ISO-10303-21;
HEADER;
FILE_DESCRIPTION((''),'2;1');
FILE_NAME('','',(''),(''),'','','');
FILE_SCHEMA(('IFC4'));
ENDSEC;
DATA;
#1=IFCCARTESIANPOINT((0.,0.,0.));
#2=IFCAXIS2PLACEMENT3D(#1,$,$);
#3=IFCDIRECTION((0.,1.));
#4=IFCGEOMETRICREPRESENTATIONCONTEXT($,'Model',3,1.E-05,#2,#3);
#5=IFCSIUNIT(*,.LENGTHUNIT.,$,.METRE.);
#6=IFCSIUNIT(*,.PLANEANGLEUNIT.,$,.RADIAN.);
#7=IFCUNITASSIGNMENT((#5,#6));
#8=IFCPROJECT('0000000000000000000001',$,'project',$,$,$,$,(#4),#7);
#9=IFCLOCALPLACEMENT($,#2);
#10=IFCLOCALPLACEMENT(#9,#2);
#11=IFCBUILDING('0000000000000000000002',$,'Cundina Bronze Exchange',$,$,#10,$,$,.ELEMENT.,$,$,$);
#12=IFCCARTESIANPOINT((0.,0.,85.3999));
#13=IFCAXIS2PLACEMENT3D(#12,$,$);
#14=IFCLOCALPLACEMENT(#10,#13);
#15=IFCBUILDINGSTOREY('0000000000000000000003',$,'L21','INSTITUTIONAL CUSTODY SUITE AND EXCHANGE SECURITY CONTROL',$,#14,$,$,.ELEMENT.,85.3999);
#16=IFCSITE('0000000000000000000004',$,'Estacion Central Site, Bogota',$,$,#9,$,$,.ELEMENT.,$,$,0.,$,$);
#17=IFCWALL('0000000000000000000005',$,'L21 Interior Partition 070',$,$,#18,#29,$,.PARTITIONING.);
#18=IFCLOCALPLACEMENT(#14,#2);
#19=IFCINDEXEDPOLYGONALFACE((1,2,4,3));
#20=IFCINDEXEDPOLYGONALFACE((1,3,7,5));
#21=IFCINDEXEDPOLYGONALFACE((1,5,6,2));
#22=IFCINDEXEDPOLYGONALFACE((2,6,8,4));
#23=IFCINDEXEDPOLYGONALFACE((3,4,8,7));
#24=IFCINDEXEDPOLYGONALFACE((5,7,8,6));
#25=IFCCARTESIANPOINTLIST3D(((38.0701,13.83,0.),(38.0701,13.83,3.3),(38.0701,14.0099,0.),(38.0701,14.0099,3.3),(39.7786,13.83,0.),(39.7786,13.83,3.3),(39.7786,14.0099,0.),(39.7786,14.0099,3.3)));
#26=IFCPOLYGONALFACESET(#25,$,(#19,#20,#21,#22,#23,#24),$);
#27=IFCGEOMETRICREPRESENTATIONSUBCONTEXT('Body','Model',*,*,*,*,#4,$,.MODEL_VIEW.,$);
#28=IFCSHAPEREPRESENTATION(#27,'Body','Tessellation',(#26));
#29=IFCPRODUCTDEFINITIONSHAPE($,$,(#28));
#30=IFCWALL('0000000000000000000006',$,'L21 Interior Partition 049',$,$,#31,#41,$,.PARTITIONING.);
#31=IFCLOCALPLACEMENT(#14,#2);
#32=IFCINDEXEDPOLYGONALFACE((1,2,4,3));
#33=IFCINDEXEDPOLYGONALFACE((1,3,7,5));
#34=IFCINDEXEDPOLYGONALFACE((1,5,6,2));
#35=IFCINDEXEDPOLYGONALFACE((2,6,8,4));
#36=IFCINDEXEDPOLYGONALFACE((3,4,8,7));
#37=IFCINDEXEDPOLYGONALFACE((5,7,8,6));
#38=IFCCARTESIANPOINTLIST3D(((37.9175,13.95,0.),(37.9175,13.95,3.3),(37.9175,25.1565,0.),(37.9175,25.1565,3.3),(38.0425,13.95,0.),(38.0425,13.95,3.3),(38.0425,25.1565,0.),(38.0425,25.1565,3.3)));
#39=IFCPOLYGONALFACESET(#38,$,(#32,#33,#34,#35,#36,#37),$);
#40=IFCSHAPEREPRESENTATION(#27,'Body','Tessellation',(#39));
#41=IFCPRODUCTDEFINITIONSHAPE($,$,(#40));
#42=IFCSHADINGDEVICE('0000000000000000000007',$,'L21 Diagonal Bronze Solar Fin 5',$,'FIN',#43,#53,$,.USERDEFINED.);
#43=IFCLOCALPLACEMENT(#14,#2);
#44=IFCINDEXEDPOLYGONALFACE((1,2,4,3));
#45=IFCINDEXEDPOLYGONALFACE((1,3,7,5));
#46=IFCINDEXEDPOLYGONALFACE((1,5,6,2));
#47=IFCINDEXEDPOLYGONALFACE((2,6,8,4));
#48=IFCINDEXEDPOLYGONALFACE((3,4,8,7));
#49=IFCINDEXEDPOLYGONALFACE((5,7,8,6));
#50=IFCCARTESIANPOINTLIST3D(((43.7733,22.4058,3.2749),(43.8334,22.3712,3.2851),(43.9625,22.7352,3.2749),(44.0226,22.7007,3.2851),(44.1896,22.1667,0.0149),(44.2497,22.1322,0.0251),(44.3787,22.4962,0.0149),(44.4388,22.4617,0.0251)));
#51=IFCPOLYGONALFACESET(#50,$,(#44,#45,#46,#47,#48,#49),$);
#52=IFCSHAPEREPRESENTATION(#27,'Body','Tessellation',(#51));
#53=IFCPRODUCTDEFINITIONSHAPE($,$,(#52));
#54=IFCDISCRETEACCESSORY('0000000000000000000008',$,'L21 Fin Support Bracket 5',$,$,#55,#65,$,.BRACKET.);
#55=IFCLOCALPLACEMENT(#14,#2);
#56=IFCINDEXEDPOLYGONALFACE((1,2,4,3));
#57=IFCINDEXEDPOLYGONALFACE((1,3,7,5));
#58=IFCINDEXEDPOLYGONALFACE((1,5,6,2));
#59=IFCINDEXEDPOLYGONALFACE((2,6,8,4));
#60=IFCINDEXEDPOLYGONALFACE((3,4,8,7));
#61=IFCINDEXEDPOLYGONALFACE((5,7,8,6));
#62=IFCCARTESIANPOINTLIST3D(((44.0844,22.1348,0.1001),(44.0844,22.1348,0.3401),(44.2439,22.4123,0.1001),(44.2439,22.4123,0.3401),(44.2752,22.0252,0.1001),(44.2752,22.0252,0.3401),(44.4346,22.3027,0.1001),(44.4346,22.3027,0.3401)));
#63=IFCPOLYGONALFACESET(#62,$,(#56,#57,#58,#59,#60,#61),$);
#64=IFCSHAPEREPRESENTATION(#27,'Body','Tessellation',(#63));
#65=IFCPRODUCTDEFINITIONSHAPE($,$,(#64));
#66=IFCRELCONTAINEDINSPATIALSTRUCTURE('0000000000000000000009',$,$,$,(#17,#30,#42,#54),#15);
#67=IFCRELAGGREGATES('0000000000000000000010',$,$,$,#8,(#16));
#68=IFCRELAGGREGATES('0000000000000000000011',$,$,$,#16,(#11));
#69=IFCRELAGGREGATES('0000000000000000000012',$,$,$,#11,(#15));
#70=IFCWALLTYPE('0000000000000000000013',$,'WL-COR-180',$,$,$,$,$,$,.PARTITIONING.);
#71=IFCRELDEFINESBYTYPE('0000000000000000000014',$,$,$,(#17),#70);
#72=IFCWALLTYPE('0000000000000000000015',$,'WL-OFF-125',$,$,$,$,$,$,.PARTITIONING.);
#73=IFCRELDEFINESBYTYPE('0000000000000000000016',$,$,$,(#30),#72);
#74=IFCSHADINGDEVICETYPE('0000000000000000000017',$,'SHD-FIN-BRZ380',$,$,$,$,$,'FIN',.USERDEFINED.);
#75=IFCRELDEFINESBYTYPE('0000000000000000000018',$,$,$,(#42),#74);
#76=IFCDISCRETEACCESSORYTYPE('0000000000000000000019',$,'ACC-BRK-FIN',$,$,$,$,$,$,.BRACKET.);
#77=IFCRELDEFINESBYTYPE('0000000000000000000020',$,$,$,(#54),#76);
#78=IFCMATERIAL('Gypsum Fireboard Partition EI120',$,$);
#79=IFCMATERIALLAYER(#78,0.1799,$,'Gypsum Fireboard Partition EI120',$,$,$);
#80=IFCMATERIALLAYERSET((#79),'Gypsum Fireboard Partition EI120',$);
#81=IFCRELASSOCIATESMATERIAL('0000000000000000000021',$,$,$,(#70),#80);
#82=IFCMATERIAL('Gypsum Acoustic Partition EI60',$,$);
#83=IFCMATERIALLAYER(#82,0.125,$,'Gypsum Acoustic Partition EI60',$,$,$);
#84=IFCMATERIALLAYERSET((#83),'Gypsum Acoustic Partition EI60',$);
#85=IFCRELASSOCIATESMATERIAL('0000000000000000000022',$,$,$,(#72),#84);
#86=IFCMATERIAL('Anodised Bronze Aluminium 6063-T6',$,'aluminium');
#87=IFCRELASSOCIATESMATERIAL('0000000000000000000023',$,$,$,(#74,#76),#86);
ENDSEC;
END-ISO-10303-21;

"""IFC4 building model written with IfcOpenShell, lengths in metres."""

from ifc_helpers import new_model, si_unit, direction, frame, frame_2d, origin, origin_2d, place, context, subcontext, project, spatial, rectangle, extrude, material, layer, layer_set, material_profile, profile_set, type_object, element, save


model = new_model("IFC4")

# Units and contexts
model_context = context("Model", 3, precision=1e-05, world=origin(), true_north=direction((0.0, 1.0)))
body_context = subcontext(model_context, "Body", "Model", "MODEL_VIEW")
ifc_project = project(units=[si_unit("LENGTHUNIT", "METRE"), si_unit("PLANEANGLEUNIT", "RADIAN")], contexts=[model_context])

# Site, building, storey
site_placement = place(None, origin())
site = spatial("IfcSite", under=ifc_project, at=site_placement, Name="Estacion Central Site, Bogota", CompositionType="ELEMENT", RefElevation=0.0)
building_placement = place(site_placement, origin())
building = spatial("IfcBuilding", under=site, at=building_placement, Name="Cundina Bronze Exchange", CompositionType="ELEMENT")
storey_placement = place(building_placement, frame((0.0, 0.0, 85.3999)))
storey = spatial("IfcBuildingStorey", under=building, at=storey_placement, Name="L21", Description="INSTITUTIONAL CUSTODY SUITE AND EXCHANGE SECURITY CONTROL", CompositionType="ELEMENT", Elevation=85.3999)

# Shared definitions
ifc_material_1 = material(Name="Anodised Bronze Aluminium 6063-T6", Category="aluminium")

# Walls
ifc_material_2 = material(Name="Gypsum Fireboard Partition EI120")
ifc_layer_1 = layer(ifc_material_2, 0.1799, Name="Gypsum Fireboard Partition EI120")
ifc_layer_set_1 = layer_set([ifc_layer_1], Name="Gypsum Fireboard Partition EI120")
wall_type_1 = type_object("IfcWallType", Name="WL-COR-180", PredefinedType="PARTITIONING", material=ifc_layer_set_1)
for number, where, z_axis, x_axis, name in (
    (1, (39.7786, 13.9199, 0.0), (0.0, 0.0, 1.0), (-1.0, 0.0, 0.0), "L21 Interior Partition 070"),
):
    element("IfcWall", number, at=place(storey_placement, frame(where, z_axis=z_axis, x_axis=x_axis)), inside=storey, type_object=wall_type_1, Name=name, PredefinedType="PARTITIONING", context=body_context, shape_type="SweptSolid", body=[
        extrude(rectangle(XDim=1.7085, YDim=0.1799, at=frame_2d((0.8542, 0.0))), origin(), (0.0, 0.0, 1.0), 3.3),
    ])
ifc_material_3 = material(Name="Gypsum Acoustic Partition EI60")
ifc_layer_2 = layer(ifc_material_3, 0.125, Name="Gypsum Acoustic Partition EI60")
ifc_layer_set_2 = layer_set([ifc_layer_2], Name="Gypsum Acoustic Partition EI60")
wall_type_2 = type_object("IfcWallType", Name="WL-OFF-125", PredefinedType="PARTITIONING", material=ifc_layer_set_2)
wall_1_placement = place(storey_placement, frame((37.98, 13.95, 0.0), z_axis=(0.0, 0.0, 1.0), x_axis=(0.0, 1.0, 0.0)))
element("IfcWall", 2, at=wall_1_placement, inside=storey, type_object=wall_type_2, Name="L21 Interior Partition 049", PredefinedType="PARTITIONING", context=body_context, shape_type="SweptSolid", body=[
    extrude(rectangle(XDim=11.2065, YDim=0.125, at=frame_2d((5.6033, 0.0))), origin(), (0.0, 0.0, 1.0), 3.3),
])

# Shading device
ifc_material_profile_1 = material_profile(ifc_material_1, rectangle(XDim=0.0701, YDim=0.3799, at=origin_2d()), Name="FIN70X380", Category="aluminium")
ifc_profile_set_1 = profile_set([ifc_material_profile_1], Name="Anodised Bronze Aluminium 6063-T6")
shading_device_type = type_object("IfcShadingDeviceType", Name="SHD-FIN-BRZ380", ElementType="FIN", PredefinedType="USERDEFINED", material=ifc_profile_set_1)
shading_device_placement = place(storey_placement, frame((44.3142, 22.3142, 0.02), z_axis=(-0.126325, 0.072535, 0.989333), x_axis=(0.857958, -0.492634, 0.145668)))
element("IfcShadingDevice", 3, at=shading_device_placement, inside=storey, type_object=shading_device_type, Name="L21 Diagonal Bronze Solar Fin 5", ObjectType="FIN", PredefinedType="USERDEFINED", context=body_context, shape_type="SweptSolid", body=[
    extrude(rectangle(XDim=0.0701, YDim=0.3799, at=origin_2d()), origin(), (0.0, 0.0, 1.0), 3.2952),
])

# Discrete accessory
discrete_accessory_type = type_object("IfcDiscreteAccessoryType", Name="ACC-BRK-FIN", PredefinedType="BRACKET", material=ifc_material_1)
discrete_accessory_placement = place(storey_placement, frame((44.2595, 22.2188, 0.1001), z_axis=(0.0, 0.0, 1.0), x_axis=(-0.867105, 0.498125, 0.0)))
element("IfcDiscreteAccessory", 4, at=discrete_accessory_placement, inside=storey, type_object=discrete_accessory_type, Name="L21 Fin Support Bracket 5", PredefinedType="BRACKET", context=body_context, shape_type="SweptSolid", body=[
    extrude(rectangle(XDim=0.22, YDim=0.3201, at=origin_2d()), origin(), (0.0, 0.0, 1.0), 0.24),
])

save(model, "model.ifc")
